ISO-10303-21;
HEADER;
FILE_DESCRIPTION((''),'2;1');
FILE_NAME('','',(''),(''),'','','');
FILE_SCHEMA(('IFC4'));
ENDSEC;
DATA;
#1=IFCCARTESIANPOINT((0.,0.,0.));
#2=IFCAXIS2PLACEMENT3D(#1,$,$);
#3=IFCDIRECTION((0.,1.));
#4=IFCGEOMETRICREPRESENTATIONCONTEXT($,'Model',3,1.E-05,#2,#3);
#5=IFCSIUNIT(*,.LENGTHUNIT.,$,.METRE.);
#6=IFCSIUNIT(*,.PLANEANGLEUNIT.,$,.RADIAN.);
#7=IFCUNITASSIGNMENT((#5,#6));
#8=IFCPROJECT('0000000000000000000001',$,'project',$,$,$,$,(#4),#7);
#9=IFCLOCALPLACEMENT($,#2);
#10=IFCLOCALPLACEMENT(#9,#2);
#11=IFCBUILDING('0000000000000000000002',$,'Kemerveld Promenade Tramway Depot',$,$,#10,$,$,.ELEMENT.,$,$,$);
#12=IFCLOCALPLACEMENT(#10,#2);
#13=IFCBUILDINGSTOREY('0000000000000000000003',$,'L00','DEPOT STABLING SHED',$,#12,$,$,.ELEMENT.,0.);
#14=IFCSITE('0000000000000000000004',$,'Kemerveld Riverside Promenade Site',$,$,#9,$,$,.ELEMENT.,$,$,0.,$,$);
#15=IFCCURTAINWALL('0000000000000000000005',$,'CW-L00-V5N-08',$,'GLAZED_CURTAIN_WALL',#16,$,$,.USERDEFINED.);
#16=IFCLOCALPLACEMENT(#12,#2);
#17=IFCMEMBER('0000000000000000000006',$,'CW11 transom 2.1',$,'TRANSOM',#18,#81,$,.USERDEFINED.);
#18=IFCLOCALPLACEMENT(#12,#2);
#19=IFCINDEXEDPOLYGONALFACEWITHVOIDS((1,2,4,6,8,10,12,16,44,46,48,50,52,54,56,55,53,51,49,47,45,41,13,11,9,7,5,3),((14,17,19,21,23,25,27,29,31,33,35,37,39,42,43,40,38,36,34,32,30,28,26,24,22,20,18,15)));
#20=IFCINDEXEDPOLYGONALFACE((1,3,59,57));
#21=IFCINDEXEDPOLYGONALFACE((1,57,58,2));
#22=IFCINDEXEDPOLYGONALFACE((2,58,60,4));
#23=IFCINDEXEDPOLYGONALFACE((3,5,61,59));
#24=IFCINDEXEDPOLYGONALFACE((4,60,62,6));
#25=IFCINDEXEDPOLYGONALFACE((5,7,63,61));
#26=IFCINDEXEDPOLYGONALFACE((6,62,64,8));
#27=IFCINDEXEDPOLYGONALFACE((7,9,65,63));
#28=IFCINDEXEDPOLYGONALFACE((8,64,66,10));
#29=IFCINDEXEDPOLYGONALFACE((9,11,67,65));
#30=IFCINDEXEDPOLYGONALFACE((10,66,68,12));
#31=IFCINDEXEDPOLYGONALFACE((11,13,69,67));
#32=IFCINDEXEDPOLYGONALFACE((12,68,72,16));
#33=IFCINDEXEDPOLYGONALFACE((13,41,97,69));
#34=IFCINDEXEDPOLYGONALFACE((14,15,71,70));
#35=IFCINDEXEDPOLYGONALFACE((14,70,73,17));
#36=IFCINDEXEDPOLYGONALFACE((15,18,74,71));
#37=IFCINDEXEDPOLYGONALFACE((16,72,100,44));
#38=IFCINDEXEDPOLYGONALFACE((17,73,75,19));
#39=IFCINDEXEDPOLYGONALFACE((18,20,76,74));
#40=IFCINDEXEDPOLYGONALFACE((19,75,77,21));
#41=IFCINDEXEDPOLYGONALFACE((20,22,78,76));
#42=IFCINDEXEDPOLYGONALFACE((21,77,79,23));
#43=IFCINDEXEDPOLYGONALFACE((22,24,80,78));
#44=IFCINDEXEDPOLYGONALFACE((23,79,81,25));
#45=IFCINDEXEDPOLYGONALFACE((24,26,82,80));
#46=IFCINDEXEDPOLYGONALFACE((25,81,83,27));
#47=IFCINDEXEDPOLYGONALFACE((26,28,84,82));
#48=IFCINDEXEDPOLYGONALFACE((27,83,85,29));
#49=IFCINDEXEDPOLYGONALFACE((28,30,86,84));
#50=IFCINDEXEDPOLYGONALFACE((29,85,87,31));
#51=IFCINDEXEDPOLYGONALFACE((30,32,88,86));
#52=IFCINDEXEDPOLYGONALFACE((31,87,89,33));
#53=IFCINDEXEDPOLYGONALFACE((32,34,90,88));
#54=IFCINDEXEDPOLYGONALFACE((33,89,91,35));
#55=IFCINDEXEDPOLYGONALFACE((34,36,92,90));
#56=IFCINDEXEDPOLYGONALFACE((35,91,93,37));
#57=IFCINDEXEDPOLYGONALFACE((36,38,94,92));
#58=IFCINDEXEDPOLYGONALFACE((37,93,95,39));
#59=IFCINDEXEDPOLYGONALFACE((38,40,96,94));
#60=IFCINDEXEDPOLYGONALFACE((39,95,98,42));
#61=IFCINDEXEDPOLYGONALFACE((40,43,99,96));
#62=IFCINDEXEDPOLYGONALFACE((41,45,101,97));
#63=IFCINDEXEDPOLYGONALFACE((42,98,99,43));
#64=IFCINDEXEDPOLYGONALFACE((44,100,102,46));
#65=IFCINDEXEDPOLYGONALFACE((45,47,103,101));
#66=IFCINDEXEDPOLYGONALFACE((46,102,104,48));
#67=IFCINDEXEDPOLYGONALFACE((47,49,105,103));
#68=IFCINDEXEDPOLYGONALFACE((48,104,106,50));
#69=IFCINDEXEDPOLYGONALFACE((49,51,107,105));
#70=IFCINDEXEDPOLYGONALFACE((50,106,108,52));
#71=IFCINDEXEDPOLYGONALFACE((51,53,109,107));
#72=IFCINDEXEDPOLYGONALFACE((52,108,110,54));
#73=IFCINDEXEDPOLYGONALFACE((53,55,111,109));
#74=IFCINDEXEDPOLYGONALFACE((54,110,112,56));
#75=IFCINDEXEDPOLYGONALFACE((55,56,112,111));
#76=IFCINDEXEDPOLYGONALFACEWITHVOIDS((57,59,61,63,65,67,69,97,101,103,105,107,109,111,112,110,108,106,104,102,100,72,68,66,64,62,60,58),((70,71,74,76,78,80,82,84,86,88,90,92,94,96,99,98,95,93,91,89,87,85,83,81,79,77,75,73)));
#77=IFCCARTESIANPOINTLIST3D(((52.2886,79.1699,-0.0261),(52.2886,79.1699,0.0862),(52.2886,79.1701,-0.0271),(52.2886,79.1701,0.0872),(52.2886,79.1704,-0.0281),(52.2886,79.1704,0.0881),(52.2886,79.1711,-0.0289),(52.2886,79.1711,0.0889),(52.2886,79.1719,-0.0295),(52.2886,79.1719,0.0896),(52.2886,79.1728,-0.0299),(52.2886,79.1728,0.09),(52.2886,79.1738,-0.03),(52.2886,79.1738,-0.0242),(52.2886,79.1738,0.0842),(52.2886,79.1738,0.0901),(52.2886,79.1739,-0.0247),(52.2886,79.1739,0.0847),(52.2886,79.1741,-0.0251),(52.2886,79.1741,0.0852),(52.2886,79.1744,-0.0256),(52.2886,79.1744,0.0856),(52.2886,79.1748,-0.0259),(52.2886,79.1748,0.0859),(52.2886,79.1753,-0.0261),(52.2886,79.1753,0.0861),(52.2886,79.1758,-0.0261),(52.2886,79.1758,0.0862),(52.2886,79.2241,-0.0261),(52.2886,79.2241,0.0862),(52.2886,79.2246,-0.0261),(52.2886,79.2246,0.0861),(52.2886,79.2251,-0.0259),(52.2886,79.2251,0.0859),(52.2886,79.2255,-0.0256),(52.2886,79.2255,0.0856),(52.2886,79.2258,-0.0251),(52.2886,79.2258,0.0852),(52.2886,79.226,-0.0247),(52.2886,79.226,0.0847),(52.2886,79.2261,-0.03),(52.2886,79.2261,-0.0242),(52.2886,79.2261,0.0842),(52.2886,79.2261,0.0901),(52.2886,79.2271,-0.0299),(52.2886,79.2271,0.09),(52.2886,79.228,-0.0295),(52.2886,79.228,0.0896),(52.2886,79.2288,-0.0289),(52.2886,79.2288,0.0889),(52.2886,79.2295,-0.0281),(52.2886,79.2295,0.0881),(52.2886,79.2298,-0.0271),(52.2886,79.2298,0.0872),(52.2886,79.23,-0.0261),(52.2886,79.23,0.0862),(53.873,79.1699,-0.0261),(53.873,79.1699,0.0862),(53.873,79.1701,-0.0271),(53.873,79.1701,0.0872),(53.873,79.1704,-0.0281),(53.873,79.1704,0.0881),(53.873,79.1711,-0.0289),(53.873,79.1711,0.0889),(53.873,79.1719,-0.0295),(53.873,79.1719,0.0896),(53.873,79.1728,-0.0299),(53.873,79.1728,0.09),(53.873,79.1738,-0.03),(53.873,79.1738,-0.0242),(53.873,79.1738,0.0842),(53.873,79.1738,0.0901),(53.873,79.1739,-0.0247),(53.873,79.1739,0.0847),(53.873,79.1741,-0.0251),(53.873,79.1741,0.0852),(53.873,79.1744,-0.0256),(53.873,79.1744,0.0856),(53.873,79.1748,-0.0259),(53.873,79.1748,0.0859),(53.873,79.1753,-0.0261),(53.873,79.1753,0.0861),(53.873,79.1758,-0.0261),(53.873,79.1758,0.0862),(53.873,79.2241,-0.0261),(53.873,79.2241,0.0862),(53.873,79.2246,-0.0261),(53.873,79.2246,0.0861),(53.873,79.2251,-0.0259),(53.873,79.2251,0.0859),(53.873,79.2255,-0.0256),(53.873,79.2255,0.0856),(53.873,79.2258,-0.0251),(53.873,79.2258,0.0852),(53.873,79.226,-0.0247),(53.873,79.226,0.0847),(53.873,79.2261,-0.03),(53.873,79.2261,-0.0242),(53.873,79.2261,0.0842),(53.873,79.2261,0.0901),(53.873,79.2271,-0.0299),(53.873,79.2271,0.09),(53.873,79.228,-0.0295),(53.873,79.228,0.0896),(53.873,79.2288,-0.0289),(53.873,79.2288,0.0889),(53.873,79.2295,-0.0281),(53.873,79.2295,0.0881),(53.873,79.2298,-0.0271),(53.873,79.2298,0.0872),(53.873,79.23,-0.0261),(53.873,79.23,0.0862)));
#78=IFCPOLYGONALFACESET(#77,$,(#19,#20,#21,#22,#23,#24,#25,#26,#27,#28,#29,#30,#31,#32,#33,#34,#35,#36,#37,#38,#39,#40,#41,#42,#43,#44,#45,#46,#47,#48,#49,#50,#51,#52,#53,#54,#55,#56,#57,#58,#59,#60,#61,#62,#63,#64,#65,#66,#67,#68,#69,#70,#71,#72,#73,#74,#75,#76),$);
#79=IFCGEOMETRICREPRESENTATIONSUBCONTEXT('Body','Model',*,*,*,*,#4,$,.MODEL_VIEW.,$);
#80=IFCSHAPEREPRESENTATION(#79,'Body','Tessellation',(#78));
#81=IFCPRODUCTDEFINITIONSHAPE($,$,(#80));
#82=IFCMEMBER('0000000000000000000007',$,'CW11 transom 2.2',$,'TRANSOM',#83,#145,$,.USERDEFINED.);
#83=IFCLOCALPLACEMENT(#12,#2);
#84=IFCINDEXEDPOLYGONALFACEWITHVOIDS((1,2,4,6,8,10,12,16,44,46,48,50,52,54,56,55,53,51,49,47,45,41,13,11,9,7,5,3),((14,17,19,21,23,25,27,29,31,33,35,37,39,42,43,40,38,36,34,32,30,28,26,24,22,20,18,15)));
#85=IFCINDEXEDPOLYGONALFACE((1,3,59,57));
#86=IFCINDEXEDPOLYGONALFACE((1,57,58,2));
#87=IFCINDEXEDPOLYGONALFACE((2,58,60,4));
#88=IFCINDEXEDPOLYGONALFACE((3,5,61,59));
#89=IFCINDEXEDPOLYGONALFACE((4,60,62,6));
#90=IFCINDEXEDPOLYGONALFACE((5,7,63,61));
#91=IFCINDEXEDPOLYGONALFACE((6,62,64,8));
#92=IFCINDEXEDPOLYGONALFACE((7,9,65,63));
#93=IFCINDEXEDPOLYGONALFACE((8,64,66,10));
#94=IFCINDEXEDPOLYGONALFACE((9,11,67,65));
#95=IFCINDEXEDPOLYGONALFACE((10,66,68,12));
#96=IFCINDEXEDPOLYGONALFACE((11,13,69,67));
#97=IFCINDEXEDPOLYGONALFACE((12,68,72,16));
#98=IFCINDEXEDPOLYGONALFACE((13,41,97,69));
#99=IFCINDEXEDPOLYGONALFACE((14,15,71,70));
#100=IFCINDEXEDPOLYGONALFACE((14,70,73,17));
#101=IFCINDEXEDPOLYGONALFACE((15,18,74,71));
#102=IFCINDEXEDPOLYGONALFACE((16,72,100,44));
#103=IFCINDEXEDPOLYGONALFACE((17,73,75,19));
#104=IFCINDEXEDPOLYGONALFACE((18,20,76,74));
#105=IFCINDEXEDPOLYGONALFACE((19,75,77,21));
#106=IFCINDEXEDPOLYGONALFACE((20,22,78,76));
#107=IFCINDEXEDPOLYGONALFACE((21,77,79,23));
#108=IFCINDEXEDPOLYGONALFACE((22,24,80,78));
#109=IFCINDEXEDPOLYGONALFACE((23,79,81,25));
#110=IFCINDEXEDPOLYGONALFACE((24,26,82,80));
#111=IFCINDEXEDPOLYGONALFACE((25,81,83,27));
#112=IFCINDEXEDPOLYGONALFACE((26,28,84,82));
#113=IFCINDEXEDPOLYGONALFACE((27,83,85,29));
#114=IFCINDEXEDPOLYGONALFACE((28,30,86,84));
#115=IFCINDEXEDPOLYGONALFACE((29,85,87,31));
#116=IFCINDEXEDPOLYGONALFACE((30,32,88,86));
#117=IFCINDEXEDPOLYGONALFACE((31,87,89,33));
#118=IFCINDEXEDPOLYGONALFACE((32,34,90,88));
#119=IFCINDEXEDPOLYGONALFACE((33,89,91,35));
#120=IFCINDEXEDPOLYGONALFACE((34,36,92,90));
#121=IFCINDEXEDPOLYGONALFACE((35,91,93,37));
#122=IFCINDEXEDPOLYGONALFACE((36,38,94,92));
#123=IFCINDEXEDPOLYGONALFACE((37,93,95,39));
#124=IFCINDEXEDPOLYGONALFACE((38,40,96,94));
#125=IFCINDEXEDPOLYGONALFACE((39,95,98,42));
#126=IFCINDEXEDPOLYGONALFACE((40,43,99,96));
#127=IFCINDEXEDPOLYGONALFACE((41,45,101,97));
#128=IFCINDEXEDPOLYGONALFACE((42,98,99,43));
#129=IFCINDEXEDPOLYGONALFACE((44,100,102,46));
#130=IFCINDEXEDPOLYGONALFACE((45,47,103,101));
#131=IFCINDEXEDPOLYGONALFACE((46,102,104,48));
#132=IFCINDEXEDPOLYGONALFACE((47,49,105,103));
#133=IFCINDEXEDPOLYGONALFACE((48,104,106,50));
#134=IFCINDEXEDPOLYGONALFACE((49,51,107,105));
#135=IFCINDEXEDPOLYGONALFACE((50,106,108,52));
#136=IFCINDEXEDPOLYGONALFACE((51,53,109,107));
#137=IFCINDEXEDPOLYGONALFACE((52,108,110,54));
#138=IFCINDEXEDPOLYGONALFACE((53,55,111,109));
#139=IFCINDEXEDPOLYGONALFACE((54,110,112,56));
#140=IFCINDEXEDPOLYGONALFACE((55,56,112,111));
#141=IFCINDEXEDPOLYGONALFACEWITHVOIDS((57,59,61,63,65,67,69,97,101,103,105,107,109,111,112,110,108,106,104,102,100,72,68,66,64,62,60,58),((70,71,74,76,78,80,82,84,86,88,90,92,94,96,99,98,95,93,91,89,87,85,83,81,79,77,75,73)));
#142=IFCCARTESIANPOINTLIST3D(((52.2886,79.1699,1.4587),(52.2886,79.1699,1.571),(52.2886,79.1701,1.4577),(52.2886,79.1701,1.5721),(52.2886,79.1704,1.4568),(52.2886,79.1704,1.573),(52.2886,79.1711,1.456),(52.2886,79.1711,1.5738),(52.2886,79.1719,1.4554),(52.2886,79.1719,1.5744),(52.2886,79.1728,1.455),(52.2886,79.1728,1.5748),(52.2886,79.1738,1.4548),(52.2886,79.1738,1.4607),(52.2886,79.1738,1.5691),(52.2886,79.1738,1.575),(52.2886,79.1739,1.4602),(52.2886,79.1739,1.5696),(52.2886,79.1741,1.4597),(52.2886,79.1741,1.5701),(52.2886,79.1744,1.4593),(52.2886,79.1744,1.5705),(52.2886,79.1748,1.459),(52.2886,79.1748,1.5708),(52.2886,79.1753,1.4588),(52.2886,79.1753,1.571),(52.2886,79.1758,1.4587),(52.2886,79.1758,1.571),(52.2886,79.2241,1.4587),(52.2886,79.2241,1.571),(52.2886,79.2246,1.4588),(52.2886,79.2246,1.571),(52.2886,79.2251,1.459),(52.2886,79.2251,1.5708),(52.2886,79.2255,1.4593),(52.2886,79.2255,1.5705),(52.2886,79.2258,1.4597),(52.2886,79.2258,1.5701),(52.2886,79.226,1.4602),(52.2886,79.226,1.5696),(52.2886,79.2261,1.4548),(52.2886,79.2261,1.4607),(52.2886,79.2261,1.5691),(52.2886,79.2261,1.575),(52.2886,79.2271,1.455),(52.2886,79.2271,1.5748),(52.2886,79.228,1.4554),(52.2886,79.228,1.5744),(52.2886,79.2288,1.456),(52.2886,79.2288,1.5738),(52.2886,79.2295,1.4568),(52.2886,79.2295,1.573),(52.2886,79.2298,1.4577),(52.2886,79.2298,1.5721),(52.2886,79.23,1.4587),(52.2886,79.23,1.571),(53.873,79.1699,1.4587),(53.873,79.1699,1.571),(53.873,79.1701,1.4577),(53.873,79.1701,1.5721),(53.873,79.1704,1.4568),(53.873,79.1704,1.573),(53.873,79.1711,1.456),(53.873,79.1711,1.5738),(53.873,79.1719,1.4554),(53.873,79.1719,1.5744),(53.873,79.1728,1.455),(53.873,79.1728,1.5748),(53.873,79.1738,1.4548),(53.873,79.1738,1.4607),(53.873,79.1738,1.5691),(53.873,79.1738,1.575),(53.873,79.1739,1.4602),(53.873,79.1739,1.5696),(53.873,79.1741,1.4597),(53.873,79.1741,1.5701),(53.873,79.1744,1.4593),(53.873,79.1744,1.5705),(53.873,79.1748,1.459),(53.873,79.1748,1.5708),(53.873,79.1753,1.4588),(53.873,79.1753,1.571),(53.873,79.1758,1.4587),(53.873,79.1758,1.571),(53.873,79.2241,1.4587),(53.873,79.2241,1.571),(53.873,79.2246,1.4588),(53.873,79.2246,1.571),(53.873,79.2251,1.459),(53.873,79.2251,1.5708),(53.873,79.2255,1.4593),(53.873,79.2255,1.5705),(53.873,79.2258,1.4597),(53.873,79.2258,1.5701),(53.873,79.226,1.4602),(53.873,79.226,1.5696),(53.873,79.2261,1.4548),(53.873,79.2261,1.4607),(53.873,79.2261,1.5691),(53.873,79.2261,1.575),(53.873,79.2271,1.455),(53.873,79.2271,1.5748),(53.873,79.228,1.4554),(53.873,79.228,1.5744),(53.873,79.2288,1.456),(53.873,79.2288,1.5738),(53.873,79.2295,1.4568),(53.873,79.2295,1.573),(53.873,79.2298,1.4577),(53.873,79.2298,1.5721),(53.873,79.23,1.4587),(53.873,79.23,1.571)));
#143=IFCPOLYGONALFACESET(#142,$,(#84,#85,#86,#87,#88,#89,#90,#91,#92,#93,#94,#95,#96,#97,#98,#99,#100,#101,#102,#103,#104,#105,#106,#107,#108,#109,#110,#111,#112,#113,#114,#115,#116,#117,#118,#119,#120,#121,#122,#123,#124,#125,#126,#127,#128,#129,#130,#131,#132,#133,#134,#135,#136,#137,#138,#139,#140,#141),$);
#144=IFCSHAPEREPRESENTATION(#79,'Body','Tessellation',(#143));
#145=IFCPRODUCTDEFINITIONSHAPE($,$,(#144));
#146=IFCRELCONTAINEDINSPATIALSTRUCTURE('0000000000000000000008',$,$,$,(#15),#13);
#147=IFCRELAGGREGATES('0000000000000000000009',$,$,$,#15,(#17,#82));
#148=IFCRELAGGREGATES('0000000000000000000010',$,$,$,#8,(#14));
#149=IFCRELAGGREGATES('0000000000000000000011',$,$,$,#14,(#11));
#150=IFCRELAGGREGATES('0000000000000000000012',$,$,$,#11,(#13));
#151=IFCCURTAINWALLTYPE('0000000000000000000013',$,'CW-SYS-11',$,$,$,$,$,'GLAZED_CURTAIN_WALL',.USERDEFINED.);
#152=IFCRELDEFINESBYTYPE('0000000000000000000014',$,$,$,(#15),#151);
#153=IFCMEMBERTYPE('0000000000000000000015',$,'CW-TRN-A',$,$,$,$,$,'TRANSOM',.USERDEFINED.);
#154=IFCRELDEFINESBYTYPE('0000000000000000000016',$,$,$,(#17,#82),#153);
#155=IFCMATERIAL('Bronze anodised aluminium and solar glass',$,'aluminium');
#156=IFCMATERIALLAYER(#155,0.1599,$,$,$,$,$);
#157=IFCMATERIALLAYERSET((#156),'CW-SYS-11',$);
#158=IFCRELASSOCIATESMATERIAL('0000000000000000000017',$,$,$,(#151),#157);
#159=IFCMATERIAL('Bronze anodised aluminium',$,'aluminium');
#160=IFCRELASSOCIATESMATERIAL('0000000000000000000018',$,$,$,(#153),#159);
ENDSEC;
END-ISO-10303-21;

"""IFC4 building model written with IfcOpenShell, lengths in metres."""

from ifc_helpers import new_model, si_unit, direction, frame, origin, origin_2d, place, context, subcontext, project, spatial, hollow_rectangle, extrude, material, layer, layer_set, material_profile, profile_set, type_object, element, aggregate, save


model = new_model("IFC4")

# Units and contexts
model_context = context("Model", 3, precision=1e-05, world=origin(), true_north=direction((0.0, 1.0)))
body_context = subcontext(model_context, "Body", "Model", "MODEL_VIEW")
ifc_project = project(units=[si_unit("LENGTHUNIT", "METRE"), si_unit("PLANEANGLEUNIT", "RADIAN")], contexts=[model_context])

# Site, building, storey
site_placement = place(None, origin())
site = spatial("IfcSite", under=ifc_project, at=site_placement, Name="Kemerveld Riverside Promenade Site", CompositionType="ELEMENT", RefElevation=0.0)
building_placement = place(site_placement, origin())
building = spatial("IfcBuilding", under=site, at=building_placement, Name="Kemerveld Promenade Tramway Depot", CompositionType="ELEMENT")
storey_placement = place(building_placement, origin())
storey = spatial("IfcBuildingStorey", under=building, at=storey_placement, Name="L00", Description="DEPOT STABLING SHED", CompositionType="ELEMENT", Elevation=0.0)

# Curtain wall, members
ifc_material_1 = material(Name="Bronze anodised aluminium and solar glass", Category="aluminium")
ifc_layer_1 = layer(ifc_material_1, 0.1599)
ifc_layer_set_1 = layer_set([ifc_layer_1], Name="CW-SYS-11")
curtain_wall_type = type_object("IfcCurtainWallType", Name="CW-SYS-11", ElementType="GLAZED_CURTAIN_WALL", PredefinedType="USERDEFINED", material=ifc_layer_set_1)
curtain_wall_placement = place(storey_placement, origin())
curtain_wall = element("IfcCurtainWall", 1, at=curtain_wall_placement, inside=storey, type_object=curtain_wall_type, Name="CW-L00-V5N-08", ObjectType="GLAZED_CURTAIN_WALL", PredefinedType="USERDEFINED")
ifc_material_2 = material(Name="Bronze anodised aluminium", Category="aluminium")
ifc_material_profile_1 = material_profile(ifc_material_2, hollow_rectangle(XDim=0.0601, YDim=0.1201, WallThickness=0.0039, InnerFilletRadius=0.002, OuterFilletRadius=0.0039, at=origin_2d()), Name="CW-TRN-120x60")
ifc_profile_set_1 = profile_set([ifc_material_profile_1], Name="Bronze anodised aluminium")
member_type_1 = type_object("IfcMemberType", Name="CW-TRN-A", ElementType="TRANSOM", PredefinedType="USERDEFINED", material=ifc_profile_set_1)
member_1_placement = place(storey_placement, frame((52.2886, 79.2, 0.03), z_axis=(1.0, 0.0, 0.0), x_axis=(0.0, 1.0, 0.0)))
member_1 = element("IfcMember", 2, at=member_1_placement, type_object=member_type_1, Name="CW11 transom 2.1", ObjectType="TRANSOM", PredefinedType="USERDEFINED", context=body_context, shape_type="SweptSolid", body=[
    extrude(hollow_rectangle(XDim=0.0601, YDim=0.1201, WallThickness=0.0039, InnerFilletRadius=0.002, OuterFilletRadius=0.0039, at=origin_2d()), origin(), (0.0, 0.0, 1.0), 1.5845),
])
member_2_placement = place(storey_placement, frame((52.2886, 79.2, 1.5149), z_axis=(1.0, 0.0, 0.0), x_axis=(0.0, 1.0, 0.0)))
member_2 = element("IfcMember", 3, at=member_2_placement, type_object=member_type_1, Name="CW11 transom 2.2", ObjectType="TRANSOM", PredefinedType="USERDEFINED", context=body_context, shape_type="SweptSolid", body=[
    extrude(hollow_rectangle(XDim=0.0601, YDim=0.1201, WallThickness=0.0039, InnerFilletRadius=0.002, OuterFilletRadius=0.0039, at=origin_2d()), origin(), (0.0, 0.0, 1.0), 1.5845),
])
aggregate(curtain_wall, [member_1, member_2])

save(model, "model.ifc")
